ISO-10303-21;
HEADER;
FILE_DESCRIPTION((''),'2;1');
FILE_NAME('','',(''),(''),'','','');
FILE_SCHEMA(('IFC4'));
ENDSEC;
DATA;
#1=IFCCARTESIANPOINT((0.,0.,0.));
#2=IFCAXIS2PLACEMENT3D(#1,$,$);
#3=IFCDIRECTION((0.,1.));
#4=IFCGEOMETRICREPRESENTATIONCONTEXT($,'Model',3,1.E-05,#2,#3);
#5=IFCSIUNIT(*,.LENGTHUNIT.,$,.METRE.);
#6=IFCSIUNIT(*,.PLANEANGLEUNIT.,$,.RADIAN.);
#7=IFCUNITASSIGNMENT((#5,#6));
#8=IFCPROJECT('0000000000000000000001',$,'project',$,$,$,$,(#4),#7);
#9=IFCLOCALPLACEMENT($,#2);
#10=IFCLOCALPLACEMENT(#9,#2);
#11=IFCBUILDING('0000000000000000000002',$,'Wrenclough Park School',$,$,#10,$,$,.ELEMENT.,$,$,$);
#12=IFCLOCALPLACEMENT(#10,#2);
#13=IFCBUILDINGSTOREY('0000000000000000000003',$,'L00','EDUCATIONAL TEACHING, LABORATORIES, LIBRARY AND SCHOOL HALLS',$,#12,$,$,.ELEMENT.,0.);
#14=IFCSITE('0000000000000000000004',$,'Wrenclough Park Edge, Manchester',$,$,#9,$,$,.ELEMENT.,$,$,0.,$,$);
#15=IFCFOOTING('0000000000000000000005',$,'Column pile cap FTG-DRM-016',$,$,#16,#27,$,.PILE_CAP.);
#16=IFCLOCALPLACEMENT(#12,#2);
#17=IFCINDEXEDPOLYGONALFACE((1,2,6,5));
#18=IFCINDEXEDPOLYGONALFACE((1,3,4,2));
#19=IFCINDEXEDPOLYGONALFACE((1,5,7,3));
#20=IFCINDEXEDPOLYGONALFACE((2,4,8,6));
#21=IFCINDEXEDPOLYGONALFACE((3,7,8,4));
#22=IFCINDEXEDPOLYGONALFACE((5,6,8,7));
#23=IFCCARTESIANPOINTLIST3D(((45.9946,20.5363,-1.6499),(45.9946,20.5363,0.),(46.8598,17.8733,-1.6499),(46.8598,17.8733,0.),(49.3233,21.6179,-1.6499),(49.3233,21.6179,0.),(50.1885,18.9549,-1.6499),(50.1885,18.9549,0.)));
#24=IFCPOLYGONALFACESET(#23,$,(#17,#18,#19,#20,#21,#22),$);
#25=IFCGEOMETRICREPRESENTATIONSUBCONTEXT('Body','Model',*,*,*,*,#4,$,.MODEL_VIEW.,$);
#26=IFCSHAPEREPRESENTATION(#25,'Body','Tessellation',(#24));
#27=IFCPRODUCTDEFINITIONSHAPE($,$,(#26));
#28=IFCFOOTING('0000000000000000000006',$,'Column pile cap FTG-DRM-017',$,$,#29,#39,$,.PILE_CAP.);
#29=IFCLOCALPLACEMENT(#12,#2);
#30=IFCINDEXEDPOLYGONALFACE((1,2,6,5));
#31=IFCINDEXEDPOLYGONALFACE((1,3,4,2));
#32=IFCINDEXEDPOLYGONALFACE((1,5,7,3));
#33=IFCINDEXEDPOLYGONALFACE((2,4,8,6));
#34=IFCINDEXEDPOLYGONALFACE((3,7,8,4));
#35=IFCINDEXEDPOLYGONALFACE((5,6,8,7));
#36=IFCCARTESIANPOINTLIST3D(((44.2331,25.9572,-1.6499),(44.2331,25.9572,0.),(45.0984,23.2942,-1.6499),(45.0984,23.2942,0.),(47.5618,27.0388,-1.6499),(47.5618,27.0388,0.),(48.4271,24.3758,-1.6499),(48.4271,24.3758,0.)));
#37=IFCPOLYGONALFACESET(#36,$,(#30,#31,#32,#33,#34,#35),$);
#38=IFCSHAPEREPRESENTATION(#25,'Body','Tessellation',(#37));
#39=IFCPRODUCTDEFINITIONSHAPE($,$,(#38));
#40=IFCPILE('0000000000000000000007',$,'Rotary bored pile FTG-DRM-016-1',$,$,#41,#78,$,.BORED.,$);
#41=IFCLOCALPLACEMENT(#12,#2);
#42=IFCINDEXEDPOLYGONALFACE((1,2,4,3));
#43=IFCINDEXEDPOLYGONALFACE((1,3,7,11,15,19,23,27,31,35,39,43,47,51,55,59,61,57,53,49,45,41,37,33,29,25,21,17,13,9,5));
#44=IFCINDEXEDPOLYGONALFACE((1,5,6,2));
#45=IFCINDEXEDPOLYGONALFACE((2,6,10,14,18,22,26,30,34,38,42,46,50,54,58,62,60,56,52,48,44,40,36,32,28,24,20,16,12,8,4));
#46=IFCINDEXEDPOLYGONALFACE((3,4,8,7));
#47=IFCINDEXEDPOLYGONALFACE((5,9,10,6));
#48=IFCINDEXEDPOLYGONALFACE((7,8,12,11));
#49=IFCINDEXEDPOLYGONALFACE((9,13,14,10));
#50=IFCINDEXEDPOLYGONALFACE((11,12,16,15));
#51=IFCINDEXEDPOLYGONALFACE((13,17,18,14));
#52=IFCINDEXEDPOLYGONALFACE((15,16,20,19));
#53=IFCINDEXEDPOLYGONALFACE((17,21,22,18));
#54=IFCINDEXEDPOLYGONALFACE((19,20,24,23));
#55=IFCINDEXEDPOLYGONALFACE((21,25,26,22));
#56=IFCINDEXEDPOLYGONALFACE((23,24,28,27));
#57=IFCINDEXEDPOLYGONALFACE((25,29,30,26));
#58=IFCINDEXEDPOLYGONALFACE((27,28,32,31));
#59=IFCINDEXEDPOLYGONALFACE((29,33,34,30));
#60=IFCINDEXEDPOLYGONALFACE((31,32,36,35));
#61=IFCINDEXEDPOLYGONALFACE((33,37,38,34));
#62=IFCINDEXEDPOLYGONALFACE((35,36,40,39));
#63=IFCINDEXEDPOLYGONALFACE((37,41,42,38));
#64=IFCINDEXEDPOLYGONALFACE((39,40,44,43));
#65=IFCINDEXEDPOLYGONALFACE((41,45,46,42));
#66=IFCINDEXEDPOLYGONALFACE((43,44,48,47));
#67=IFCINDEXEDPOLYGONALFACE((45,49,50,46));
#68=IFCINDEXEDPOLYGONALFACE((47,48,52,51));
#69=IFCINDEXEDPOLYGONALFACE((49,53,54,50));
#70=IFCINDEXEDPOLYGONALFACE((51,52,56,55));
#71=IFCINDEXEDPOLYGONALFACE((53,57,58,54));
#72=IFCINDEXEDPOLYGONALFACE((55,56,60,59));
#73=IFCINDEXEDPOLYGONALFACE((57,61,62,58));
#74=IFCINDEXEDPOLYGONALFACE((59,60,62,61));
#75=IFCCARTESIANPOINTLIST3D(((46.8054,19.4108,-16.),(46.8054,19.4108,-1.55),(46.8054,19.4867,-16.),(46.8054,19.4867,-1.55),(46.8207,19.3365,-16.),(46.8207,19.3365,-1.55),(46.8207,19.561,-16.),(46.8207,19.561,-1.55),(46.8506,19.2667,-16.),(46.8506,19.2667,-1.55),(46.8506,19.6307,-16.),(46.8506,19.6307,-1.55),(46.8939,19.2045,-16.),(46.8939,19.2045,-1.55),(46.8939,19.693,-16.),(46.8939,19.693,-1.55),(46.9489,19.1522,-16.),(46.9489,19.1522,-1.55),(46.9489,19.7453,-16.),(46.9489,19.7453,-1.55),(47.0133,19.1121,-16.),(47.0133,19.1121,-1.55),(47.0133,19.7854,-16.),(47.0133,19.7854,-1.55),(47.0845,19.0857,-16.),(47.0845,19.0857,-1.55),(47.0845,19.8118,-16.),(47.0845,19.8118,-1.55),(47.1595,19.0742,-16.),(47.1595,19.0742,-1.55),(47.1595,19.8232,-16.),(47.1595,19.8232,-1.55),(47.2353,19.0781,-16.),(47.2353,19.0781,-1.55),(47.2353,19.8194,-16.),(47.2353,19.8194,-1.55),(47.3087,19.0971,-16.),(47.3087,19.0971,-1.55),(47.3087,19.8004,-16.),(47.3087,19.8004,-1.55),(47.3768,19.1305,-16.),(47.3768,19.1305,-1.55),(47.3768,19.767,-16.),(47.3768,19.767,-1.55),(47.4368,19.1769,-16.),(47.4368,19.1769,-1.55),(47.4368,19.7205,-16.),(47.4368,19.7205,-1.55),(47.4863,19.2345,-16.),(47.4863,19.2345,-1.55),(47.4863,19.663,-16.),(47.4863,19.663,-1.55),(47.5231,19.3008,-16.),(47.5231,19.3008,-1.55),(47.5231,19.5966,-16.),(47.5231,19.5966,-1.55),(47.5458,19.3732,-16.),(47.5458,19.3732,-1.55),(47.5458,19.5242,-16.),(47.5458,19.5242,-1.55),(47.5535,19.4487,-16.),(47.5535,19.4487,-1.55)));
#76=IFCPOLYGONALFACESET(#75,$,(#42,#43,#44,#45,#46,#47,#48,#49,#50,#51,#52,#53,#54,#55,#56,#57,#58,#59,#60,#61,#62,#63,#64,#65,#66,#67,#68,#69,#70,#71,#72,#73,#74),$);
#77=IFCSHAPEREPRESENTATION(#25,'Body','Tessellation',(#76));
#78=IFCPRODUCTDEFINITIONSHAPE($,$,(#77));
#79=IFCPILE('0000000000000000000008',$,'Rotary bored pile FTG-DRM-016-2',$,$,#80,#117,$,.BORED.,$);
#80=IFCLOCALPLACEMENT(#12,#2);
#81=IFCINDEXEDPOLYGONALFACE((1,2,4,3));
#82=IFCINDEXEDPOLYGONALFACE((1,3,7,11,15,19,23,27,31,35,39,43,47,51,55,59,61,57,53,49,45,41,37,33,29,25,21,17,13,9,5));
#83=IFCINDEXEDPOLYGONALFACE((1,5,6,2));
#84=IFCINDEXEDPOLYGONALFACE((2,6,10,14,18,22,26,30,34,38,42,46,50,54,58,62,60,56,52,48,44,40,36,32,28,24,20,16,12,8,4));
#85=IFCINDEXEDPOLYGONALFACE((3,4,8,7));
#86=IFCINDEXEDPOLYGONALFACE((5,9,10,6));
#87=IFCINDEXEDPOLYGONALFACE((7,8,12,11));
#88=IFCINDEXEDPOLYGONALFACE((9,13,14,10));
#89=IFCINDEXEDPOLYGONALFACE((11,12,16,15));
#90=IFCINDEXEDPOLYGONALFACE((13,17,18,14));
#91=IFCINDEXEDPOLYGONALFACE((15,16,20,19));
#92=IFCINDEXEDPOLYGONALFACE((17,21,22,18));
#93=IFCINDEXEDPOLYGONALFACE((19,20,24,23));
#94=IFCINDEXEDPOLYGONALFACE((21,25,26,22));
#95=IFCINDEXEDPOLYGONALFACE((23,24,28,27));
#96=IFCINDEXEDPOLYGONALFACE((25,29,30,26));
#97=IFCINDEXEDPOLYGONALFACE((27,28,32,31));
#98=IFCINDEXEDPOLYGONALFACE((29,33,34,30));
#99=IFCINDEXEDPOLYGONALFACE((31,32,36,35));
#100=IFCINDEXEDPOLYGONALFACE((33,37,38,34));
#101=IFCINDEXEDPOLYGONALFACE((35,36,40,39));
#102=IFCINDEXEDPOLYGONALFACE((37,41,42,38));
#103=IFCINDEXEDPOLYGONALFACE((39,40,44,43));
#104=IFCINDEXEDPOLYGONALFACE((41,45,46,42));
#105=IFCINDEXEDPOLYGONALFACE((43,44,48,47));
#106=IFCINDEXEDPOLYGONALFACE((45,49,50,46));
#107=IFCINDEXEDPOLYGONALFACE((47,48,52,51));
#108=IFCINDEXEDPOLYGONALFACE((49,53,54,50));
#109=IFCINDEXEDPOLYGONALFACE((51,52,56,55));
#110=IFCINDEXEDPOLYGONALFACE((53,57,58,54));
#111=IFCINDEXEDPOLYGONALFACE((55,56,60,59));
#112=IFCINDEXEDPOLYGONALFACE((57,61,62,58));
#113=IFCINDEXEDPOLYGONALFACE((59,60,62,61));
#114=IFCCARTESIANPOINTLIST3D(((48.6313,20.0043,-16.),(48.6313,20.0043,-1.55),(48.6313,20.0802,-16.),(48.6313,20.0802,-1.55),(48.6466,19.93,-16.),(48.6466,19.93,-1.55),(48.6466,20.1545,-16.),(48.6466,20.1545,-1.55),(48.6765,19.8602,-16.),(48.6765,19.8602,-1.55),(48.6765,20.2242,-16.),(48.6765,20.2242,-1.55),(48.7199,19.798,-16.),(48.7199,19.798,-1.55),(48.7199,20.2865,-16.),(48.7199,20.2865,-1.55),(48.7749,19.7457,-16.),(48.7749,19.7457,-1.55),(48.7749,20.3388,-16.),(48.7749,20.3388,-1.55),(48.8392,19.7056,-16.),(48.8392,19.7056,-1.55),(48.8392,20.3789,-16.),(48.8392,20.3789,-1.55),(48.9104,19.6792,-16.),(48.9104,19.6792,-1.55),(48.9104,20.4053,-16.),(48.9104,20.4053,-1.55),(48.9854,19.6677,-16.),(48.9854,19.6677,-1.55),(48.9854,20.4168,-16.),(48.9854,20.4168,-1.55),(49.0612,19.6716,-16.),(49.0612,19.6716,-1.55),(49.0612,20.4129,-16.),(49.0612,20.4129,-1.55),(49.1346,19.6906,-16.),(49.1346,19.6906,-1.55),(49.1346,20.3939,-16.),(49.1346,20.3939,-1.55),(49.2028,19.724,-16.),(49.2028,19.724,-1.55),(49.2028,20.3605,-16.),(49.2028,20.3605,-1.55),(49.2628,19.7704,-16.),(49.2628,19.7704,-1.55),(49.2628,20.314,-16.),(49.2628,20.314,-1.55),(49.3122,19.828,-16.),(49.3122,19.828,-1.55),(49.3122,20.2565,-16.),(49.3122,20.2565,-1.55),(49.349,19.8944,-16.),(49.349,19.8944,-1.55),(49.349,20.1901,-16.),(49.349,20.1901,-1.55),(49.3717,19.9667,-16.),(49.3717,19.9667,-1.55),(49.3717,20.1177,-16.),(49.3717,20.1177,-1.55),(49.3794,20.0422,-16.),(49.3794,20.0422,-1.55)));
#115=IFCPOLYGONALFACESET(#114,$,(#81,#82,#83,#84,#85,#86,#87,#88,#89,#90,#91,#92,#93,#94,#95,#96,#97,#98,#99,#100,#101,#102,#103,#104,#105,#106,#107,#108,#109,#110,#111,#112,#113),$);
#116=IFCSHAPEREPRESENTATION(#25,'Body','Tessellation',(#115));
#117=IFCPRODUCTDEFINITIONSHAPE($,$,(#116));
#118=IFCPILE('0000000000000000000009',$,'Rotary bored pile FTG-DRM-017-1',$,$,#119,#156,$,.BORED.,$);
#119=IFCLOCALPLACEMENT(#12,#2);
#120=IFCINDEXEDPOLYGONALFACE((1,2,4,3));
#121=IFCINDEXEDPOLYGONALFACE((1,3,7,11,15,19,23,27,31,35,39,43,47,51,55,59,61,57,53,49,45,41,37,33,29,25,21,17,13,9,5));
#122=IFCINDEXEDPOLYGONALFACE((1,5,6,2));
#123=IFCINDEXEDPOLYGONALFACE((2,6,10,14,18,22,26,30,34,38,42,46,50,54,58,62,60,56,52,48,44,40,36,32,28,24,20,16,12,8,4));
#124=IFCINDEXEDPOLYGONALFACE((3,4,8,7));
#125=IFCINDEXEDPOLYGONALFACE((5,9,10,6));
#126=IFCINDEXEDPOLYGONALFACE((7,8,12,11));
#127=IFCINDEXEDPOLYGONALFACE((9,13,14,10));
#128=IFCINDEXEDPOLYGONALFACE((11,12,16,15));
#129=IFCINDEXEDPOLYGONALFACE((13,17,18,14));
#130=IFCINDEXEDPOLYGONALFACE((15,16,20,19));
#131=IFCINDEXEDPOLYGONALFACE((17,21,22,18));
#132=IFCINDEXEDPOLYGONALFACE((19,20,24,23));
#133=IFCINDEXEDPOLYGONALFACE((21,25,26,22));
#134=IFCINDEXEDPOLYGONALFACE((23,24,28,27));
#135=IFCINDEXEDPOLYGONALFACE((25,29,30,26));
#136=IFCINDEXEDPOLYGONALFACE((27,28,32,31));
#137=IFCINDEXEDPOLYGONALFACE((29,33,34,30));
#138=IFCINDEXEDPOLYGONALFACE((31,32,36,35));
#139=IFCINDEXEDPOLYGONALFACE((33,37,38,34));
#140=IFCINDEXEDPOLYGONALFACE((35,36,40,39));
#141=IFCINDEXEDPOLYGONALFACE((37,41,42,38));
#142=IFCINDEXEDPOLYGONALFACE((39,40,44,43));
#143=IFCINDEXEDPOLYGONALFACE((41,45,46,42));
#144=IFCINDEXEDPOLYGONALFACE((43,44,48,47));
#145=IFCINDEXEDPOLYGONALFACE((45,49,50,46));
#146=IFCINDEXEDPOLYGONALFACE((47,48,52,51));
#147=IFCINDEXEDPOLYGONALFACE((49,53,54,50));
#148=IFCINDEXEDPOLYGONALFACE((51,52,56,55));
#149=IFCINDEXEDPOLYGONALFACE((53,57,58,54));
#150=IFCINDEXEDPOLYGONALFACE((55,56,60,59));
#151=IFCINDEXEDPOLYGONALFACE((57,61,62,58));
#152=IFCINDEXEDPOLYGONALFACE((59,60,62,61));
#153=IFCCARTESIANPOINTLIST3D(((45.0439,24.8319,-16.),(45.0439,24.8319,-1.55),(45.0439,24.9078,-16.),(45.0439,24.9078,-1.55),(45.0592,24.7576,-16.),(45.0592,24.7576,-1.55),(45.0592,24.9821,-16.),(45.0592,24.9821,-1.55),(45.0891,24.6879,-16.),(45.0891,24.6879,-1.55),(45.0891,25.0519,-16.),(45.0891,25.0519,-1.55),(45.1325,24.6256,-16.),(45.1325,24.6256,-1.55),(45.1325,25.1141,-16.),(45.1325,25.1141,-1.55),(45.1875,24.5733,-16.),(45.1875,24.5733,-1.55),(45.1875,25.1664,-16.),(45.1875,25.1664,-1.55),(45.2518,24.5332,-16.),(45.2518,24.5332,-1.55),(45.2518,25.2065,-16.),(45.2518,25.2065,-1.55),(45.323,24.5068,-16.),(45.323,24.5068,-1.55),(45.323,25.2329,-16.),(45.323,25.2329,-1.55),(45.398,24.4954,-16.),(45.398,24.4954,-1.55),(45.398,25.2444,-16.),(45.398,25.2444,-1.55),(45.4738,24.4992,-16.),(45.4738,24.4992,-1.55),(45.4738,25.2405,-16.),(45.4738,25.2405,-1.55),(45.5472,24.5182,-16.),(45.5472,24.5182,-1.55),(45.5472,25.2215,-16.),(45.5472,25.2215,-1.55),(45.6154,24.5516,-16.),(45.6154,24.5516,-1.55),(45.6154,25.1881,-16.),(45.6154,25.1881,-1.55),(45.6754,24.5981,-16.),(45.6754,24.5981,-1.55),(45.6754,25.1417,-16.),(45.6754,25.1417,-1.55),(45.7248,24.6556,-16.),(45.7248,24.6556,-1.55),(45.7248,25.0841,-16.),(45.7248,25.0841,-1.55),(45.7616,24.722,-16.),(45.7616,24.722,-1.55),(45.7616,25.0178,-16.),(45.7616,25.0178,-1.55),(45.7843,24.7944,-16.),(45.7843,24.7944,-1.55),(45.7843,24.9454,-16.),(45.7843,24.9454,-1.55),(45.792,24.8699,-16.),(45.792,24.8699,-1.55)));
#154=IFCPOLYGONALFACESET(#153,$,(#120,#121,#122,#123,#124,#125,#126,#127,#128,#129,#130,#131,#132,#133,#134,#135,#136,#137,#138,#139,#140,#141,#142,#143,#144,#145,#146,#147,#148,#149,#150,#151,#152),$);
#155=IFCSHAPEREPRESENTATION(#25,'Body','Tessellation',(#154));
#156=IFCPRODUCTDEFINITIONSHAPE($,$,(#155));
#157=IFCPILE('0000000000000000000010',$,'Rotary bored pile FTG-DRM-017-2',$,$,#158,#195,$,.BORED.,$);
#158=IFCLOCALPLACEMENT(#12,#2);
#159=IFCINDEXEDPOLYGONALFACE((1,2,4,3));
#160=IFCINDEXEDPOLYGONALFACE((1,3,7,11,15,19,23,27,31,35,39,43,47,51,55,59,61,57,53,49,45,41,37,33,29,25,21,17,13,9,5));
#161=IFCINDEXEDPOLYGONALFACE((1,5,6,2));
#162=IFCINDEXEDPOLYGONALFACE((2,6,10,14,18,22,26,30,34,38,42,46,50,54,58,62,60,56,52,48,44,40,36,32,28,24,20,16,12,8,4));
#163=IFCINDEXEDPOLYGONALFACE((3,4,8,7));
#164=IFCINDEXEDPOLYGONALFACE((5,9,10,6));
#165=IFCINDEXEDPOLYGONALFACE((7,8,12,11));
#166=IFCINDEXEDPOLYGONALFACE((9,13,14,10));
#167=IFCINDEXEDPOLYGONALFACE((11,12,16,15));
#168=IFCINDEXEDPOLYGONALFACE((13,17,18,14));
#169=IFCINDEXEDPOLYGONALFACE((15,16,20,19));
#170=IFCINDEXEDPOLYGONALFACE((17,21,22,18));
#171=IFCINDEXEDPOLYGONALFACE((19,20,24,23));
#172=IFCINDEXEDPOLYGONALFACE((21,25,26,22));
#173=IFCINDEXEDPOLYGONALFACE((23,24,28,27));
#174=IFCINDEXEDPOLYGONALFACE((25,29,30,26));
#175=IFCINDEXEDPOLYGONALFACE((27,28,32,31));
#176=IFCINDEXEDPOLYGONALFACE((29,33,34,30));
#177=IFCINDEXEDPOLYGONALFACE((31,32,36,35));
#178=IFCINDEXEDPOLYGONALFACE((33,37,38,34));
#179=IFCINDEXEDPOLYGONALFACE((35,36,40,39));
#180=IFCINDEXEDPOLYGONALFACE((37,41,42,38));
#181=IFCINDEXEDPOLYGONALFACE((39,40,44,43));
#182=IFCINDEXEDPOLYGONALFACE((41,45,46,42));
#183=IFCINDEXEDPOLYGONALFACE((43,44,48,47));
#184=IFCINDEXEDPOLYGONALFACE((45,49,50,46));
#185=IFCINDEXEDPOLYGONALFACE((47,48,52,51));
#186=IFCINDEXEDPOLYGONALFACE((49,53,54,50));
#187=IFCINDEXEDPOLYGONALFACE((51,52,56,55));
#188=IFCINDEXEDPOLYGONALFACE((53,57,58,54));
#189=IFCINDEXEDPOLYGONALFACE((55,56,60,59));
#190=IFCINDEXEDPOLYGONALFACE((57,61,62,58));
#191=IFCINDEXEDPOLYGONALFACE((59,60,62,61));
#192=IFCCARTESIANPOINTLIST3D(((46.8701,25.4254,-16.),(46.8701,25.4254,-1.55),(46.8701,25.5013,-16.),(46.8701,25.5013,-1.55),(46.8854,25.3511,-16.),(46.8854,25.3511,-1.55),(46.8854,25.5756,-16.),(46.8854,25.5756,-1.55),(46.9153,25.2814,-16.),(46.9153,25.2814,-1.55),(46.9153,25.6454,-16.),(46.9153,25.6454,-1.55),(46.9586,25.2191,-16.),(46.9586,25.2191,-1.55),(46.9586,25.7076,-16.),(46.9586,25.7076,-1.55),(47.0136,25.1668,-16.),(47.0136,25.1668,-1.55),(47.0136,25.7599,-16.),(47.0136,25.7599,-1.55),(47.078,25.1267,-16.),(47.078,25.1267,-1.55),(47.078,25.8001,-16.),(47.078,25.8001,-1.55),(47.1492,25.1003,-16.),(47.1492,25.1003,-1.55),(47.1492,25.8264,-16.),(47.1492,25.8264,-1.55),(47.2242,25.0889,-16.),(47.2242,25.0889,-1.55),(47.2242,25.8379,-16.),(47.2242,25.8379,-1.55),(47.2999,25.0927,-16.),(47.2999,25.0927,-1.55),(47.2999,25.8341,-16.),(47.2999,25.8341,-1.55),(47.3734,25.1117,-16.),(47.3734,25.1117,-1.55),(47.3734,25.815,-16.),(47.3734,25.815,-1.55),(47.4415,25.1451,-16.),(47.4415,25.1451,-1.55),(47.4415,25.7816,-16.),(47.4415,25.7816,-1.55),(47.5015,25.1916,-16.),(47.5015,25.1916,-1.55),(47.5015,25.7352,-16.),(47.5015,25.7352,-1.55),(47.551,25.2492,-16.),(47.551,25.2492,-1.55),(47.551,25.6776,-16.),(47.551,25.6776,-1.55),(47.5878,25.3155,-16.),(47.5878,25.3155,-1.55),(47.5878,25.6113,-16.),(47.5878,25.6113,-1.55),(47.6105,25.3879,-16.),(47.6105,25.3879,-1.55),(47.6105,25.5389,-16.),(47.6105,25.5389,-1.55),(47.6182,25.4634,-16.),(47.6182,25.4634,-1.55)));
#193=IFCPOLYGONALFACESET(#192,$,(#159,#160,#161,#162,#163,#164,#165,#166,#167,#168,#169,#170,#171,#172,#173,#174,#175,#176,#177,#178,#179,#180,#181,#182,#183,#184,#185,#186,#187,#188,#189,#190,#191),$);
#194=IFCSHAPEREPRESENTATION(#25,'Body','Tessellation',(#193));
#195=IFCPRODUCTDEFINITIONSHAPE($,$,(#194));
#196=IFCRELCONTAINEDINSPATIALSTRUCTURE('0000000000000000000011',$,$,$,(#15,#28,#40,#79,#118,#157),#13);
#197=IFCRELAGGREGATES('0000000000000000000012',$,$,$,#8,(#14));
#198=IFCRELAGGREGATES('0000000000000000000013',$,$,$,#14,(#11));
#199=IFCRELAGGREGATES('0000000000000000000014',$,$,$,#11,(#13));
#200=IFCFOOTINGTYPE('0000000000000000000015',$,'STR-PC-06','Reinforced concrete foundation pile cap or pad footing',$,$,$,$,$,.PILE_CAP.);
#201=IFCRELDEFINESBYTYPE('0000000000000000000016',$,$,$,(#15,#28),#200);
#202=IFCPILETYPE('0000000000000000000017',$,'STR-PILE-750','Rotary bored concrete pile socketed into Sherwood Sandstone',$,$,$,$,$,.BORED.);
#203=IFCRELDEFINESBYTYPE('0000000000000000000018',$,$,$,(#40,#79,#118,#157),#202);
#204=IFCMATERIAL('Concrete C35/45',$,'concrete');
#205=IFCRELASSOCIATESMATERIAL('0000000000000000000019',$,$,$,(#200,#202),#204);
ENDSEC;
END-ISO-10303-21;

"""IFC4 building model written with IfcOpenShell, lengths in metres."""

from ifc_helpers import new_model, si_unit, direction, frame, origin, origin_2d, place, context, subcontext, project, spatial, rectangle, circle, extrude, material, material_profile, profile_set, type_object, element, save


model = new_model("IFC4")

# Units and contexts
model_context = context("Model", 3, precision=1e-05, world=origin(), true_north=direction((0.0, 1.0)))
body_context = subcontext(model_context, "Body", "Model", "MODEL_VIEW")
ifc_project = project(units=[si_unit("LENGTHUNIT", "METRE"), si_unit("PLANEANGLEUNIT", "RADIAN")], contexts=[model_context])

# Site, building, storey
site_placement = place(None, origin())
site = spatial("IfcSite", under=ifc_project, at=site_placement, Name="Wrenclough Park Edge, Manchester", CompositionType="ELEMENT", RefElevation=0.0)
building_placement = place(site_placement, origin())
building = spatial("IfcBuilding", under=site, at=building_placement, Name="Wrenclough Park School", CompositionType="ELEMENT")
storey_placement = place(building_placement, origin())
storey = spatial("IfcBuildingStorey", under=building, at=storey_placement, Name="L00", Description="EDUCATIONAL TEACHING, LABORATORIES, LIBRARY AND SCHOOL HALLS", CompositionType="ELEMENT", Elevation=0.0)

# Footings
ifc_material_1 = material(Name="Concrete C35/45", Category="concrete")
footing_type = type_object("IfcFootingType", Name="STR-PC-06", Description="Reinforced concrete foundation pile cap or pad footing", PredefinedType="PILE_CAP", material=ifc_material_1)
for number, where, z_axis, x_axis, name in (
    (1, (48.0916, 19.7456, -1.6499), (0.0, 0.0, 1.0), (0.951057, 0.309017, 0.0), "Column pile cap FTG-DRM-016"),
    (2, (46.3301, 25.1665, -1.6499), (0.0, 0.0, 1.0), (0.951057, 0.309017, 0.0), "Column pile cap FTG-DRM-017"),
):
    element("IfcFooting", number, at=place(storey_placement, frame(where, z_axis=z_axis, x_axis=x_axis)), inside=storey, type_object=footing_type, Name=name, PredefinedType="PILE_CAP", context=body_context, shape_type="SweptSolid", body=[
        extrude(rectangle(XDim=3.5, YDim=2.8, at=origin_2d()), origin(), (0.0, 0.0, 1.0), 1.6499),
    ])

# Piles
ifc_material_profile_1 = material_profile(ifc_material_1, circle(Radius=0.375, at=origin_2d()), Name="BORED PILE D750")
ifc_profile_set_1 = profile_set([ifc_material_profile_1], Name="Concrete C35/45")
pile_type = type_object("IfcPileType", Name="STR-PILE-750", Description="Rotary bored concrete pile socketed into Sherwood Sandstone", PredefinedType="BORED", material=ifc_profile_set_1)
for number, where, z_axis, x_axis, name in (
    (3, (47.1785, 19.4487, -1.55), (0.0, 0.0, -1.0), (1.0, 0.0, 0.0), "Rotary bored pile FTG-DRM-016-1"),
    (4, (49.0044, 20.0422, -1.55), (0.0, 0.0, -1.0), (1.0, 0.0, 0.0), "Rotary bored pile FTG-DRM-016-2"),
    (5, (45.417, 24.8699, -1.55), (0.0, 0.0, -1.0), (1.0, 0.0, 0.0), "Rotary bored pile FTG-DRM-017-1"),
    (6, (47.2432, 25.4634, -1.55), (0.0, 0.0, -1.0), (1.0, 0.0, 0.0), "Rotary bored pile FTG-DRM-017-2"),
):
    element("IfcPile", number, at=place(storey_placement, frame(where, z_axis=z_axis, x_axis=x_axis)), inside=storey, type_object=pile_type, Name=name, PredefinedType="BORED", context=body_context, shape_type="SweptSolid", body=[
        extrude(circle(Radius=0.375, at=origin_2d()), origin(), (0.0, 0.0, 1.0), 14.45),
    ])

save(model, "model.ifc")
